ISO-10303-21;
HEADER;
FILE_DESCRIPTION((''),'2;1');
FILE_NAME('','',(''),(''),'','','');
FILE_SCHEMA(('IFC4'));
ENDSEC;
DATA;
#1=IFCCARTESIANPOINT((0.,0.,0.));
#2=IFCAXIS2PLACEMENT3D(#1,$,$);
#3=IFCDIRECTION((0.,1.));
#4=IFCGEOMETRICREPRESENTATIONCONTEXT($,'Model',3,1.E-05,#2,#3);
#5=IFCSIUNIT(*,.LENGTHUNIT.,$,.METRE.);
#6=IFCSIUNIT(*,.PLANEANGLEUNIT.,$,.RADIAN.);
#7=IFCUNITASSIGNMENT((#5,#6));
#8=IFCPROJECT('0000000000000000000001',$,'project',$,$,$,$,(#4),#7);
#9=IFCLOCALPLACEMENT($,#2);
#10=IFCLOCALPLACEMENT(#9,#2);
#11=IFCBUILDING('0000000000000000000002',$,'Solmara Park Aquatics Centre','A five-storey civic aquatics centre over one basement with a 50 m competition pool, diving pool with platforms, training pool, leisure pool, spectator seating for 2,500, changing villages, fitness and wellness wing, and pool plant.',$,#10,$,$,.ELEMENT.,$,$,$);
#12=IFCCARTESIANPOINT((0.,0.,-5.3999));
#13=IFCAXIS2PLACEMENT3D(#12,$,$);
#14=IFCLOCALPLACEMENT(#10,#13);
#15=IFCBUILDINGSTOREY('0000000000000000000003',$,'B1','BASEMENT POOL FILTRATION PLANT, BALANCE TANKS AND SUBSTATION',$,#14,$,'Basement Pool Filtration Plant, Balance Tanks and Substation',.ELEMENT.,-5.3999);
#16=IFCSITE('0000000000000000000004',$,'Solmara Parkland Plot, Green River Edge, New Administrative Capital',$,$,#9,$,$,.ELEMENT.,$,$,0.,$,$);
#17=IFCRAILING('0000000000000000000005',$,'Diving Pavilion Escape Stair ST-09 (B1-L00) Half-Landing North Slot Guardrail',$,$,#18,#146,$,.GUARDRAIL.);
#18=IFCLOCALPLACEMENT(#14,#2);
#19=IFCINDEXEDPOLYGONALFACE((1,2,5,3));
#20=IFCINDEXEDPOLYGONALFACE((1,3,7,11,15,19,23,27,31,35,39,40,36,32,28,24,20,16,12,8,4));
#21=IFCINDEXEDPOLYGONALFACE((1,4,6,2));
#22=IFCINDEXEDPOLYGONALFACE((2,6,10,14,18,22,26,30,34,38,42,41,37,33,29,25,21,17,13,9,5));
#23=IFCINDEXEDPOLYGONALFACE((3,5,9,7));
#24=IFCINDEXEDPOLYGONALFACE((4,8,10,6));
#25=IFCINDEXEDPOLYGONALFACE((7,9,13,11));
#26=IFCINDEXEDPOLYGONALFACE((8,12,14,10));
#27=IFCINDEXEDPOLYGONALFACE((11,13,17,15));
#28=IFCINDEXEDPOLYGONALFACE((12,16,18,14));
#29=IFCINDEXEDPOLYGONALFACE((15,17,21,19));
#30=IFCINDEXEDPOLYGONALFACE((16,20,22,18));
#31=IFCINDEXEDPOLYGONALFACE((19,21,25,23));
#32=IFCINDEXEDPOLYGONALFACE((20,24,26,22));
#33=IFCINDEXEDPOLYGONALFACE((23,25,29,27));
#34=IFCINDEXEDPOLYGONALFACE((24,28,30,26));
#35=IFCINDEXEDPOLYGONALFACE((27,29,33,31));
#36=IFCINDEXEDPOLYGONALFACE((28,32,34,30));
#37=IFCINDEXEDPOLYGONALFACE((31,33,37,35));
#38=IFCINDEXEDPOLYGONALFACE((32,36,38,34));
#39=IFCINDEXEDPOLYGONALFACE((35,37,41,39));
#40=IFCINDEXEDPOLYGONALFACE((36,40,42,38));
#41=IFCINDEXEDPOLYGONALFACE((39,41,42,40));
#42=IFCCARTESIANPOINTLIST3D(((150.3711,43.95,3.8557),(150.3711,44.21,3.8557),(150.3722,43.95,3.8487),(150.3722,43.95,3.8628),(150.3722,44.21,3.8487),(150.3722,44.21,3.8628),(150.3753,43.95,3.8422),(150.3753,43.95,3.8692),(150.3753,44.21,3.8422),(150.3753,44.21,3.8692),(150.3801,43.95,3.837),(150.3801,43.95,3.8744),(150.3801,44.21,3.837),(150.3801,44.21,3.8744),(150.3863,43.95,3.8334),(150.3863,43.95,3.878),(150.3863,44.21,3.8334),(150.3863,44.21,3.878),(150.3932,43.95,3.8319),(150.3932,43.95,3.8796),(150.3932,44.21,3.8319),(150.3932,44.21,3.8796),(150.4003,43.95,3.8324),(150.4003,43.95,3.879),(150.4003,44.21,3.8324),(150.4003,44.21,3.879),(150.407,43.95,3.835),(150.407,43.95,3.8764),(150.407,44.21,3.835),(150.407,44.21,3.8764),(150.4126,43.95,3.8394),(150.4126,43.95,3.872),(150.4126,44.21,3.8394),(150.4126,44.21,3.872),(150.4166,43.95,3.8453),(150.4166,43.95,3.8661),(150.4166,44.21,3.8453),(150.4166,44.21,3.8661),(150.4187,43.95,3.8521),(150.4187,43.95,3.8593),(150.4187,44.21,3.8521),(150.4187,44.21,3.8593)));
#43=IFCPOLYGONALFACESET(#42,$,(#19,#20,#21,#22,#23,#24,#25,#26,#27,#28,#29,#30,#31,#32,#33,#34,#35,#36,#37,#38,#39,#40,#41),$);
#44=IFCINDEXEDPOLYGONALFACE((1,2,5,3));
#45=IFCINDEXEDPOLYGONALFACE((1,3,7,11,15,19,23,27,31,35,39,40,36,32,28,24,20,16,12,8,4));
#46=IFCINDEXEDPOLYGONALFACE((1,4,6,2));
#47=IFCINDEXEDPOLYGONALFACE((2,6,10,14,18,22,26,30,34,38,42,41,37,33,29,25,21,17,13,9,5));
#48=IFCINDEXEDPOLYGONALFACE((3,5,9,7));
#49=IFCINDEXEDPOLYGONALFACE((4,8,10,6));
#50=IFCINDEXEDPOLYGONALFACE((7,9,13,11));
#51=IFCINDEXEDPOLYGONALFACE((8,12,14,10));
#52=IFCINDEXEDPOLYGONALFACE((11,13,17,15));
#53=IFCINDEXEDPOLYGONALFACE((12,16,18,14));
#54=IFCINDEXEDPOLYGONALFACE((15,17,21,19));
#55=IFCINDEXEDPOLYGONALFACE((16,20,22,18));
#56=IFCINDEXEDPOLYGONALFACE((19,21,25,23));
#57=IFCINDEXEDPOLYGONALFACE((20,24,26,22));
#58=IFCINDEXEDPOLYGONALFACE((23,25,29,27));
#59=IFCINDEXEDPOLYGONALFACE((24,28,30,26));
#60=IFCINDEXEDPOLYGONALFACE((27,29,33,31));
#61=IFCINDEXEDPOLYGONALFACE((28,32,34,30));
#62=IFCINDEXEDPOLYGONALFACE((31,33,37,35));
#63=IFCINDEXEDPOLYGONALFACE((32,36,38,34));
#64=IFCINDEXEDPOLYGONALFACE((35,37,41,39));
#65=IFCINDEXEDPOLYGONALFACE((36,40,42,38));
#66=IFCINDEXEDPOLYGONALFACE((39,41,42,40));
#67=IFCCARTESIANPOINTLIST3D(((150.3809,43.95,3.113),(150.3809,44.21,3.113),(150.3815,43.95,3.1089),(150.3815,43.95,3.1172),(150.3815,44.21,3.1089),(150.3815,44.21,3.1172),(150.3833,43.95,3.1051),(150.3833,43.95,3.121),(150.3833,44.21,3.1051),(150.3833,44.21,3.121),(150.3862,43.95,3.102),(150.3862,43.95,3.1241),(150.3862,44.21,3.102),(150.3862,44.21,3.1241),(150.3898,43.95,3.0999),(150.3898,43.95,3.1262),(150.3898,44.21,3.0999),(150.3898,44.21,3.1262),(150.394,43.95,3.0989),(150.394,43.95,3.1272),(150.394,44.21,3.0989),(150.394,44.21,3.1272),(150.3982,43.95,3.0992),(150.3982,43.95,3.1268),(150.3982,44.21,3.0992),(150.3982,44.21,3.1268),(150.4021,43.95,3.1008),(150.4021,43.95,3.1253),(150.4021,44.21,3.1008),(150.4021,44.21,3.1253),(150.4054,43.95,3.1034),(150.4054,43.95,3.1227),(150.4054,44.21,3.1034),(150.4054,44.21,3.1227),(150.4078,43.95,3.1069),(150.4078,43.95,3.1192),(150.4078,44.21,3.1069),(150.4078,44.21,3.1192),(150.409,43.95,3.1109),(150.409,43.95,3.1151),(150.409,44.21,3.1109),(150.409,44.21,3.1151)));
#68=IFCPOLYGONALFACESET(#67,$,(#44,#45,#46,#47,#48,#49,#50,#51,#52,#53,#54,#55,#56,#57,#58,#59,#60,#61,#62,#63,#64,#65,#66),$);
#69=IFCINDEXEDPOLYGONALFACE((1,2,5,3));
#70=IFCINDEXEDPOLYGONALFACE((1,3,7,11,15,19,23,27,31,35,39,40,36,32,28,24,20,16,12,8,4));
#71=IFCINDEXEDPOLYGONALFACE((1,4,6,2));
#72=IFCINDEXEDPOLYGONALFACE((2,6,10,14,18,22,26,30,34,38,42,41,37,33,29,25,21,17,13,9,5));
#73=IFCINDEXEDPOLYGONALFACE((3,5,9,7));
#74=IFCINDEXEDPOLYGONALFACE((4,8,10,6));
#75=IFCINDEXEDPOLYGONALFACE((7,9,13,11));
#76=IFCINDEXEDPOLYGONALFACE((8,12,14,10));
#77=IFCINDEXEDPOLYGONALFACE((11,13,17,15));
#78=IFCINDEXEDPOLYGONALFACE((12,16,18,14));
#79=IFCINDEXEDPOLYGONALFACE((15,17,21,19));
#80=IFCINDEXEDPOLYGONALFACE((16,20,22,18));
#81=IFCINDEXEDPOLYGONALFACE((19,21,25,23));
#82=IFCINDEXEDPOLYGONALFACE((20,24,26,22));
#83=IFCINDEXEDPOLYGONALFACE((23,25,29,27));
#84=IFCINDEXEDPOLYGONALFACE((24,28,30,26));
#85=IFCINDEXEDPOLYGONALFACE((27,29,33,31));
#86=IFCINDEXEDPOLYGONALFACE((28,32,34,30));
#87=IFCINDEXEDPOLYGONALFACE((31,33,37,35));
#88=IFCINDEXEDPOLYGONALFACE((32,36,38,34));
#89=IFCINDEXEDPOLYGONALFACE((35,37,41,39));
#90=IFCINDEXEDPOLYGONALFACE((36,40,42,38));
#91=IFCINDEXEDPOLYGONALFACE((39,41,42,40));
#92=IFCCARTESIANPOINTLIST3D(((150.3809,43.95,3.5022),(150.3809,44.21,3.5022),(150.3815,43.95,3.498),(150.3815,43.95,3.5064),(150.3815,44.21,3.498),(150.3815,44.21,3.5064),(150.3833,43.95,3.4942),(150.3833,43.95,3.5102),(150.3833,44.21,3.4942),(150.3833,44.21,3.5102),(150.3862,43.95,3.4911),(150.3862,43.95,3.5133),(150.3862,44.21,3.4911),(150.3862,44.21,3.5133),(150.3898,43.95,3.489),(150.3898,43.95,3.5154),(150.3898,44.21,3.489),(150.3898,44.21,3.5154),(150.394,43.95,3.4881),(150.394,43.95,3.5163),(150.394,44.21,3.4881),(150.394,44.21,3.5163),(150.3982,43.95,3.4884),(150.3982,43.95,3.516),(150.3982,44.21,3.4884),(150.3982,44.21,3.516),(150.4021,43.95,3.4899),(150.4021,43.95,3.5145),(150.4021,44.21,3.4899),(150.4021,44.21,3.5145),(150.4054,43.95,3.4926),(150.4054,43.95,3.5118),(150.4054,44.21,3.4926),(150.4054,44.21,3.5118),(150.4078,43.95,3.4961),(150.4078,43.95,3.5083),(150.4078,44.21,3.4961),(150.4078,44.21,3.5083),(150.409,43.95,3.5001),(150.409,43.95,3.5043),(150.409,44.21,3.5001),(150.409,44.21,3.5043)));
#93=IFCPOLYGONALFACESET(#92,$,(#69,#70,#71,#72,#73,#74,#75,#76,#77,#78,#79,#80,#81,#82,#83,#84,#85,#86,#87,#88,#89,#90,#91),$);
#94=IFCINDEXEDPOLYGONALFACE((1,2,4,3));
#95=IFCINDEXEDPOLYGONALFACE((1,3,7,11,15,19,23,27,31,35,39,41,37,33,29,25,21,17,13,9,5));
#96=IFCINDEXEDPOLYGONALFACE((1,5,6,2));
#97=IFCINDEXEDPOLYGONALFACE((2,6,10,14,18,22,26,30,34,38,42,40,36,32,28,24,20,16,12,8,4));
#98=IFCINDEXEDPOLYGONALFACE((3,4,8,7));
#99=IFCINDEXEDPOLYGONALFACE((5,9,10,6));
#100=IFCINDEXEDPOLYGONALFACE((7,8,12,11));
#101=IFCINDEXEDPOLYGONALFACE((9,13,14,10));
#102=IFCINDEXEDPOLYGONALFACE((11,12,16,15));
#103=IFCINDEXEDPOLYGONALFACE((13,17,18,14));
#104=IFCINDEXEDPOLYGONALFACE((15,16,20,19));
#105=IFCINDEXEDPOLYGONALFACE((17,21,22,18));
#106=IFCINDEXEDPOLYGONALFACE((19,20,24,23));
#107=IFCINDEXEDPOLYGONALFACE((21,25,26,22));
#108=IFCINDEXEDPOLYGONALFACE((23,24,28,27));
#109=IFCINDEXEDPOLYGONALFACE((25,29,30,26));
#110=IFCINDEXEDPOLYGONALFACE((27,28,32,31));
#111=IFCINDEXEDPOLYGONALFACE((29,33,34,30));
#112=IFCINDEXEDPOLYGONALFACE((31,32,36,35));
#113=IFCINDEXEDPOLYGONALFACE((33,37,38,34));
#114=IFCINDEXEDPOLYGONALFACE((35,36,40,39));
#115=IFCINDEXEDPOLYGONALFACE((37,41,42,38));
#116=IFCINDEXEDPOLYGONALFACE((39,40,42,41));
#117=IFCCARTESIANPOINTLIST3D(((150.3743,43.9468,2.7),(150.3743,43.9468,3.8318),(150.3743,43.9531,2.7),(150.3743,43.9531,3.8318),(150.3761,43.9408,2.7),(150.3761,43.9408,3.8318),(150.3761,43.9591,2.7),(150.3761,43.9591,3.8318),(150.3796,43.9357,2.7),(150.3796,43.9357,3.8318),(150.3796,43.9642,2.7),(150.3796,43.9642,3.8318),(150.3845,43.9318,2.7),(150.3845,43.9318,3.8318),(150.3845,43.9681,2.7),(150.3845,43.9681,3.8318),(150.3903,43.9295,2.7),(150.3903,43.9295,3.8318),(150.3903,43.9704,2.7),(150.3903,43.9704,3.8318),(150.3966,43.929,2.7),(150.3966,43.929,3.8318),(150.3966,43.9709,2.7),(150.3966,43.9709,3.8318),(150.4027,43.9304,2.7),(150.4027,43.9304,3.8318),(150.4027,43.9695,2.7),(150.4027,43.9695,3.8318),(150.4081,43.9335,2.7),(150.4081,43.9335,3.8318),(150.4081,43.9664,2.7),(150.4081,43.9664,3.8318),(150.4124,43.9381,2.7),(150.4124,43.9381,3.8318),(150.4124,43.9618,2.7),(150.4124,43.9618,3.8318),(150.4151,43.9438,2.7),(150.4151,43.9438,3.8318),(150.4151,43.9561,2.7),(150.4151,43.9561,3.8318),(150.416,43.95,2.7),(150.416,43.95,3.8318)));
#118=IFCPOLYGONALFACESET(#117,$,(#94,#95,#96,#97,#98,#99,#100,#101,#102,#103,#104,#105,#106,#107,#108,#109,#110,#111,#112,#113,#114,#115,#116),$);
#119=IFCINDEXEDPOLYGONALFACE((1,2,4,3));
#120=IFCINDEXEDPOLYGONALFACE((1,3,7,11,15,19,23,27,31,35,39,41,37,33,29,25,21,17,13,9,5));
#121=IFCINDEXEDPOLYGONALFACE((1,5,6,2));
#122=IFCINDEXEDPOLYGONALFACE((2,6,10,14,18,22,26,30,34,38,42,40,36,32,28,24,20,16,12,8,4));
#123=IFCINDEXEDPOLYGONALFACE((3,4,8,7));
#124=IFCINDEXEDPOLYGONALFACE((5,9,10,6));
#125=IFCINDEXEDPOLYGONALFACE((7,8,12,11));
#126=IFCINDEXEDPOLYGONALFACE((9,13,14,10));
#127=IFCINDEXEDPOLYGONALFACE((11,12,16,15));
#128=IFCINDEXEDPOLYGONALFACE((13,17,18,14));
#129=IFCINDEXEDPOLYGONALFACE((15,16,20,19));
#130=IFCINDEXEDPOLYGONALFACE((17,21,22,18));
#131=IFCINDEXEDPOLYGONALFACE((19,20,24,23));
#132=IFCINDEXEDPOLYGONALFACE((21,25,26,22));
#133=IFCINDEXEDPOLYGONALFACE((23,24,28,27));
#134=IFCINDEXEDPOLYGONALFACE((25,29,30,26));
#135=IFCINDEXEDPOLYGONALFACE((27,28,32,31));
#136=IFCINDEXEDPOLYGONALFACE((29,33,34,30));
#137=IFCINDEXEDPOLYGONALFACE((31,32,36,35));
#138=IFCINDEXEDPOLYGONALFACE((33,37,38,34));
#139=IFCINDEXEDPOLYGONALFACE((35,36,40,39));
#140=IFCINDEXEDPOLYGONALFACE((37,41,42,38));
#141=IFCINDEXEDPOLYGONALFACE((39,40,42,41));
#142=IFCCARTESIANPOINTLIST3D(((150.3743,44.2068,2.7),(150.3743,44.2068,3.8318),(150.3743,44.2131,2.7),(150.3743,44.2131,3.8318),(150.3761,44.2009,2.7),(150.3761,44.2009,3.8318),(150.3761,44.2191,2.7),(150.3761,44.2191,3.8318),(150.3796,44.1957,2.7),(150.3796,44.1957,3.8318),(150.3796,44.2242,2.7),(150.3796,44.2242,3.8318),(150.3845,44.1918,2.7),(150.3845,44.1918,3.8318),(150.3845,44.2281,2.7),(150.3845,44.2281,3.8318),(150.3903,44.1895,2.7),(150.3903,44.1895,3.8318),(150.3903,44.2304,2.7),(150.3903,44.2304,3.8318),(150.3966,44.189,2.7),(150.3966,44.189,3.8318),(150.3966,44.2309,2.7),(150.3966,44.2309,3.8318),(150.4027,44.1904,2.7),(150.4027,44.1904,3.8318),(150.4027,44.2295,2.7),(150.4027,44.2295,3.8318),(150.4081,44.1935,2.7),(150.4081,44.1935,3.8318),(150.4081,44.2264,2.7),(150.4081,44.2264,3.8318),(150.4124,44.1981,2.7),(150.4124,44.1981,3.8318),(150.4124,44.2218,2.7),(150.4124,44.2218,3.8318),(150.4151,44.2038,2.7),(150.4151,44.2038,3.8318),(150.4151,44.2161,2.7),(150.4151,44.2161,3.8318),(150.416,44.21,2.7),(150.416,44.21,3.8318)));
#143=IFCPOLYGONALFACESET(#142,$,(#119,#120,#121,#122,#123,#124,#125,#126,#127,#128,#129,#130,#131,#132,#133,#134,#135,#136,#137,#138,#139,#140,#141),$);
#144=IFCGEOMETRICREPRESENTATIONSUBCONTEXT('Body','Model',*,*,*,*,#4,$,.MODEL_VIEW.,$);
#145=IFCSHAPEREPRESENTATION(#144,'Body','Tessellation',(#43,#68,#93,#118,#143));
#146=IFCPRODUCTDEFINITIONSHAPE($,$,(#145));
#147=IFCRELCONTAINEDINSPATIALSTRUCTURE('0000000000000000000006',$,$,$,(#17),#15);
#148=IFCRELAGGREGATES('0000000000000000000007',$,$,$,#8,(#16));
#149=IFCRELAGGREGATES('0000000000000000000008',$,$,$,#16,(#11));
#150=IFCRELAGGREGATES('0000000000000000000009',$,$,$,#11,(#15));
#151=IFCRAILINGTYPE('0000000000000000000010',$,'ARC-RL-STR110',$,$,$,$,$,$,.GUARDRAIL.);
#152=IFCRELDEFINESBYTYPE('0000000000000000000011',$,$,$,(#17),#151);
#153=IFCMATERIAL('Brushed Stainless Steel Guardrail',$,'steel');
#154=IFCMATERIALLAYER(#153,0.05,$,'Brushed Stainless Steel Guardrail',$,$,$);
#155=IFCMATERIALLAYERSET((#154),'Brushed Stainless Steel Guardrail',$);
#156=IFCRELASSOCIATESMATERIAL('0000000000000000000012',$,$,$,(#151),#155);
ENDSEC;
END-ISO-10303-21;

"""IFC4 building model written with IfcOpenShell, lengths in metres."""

from ifc_helpers import new_model, si_unit, direction, frame, origin, origin_2d, place, context, subcontext, project, spatial, circle, extrude, material, layer, layer_set, type_object, element, save


model = new_model("IFC4")

# Units and contexts
model_context = context("Model", 3, precision=1e-05, world=origin(), true_north=direction((0.0, 1.0)))
body_context = subcontext(model_context, "Body", "Model", "MODEL_VIEW")
ifc_project = project(units=[si_unit("LENGTHUNIT", "METRE"), si_unit("PLANEANGLEUNIT", "RADIAN")], contexts=[model_context])

# Site, building, storey
site_placement = place(None, origin())
site = spatial("IfcSite", under=ifc_project, at=site_placement, Name="Solmara Parkland Plot, Green River Edge, New Administrative Capital", CompositionType="ELEMENT", RefElevation=0.0)
building_placement = place(site_placement, origin())
building = spatial("IfcBuilding", under=site, at=building_placement, Name="Solmara Park Aquatics Centre", Description="A five-storey civic aquatics centre over one basement with a 50 m competition pool, diving pool with platforms, training pool, leisure pool, spectator seating for 2,500, changing villages, fitness and wellness wing, and pool plant.", CompositionType="ELEMENT")
storey_placement = place(building_placement, frame((0.0, 0.0, -5.3999)))
storey = spatial("IfcBuildingStorey", under=building, at=storey_placement, Name="B1", Description="BASEMENT POOL FILTRATION PLANT, BALANCE TANKS AND SUBSTATION", LongName="Basement Pool Filtration Plant, Balance Tanks and Substation", CompositionType="ELEMENT", Elevation=-5.3999)

# Railing
ifc_material_1 = material(Name="Brushed Stainless Steel Guardrail", Category="steel")
ifc_layer_1 = layer(ifc_material_1, 0.05, Name="Brushed Stainless Steel Guardrail")
ifc_layer_set_1 = layer_set([ifc_layer_1], Name="Brushed Stainless Steel Guardrail")
railing_type_1 = type_object("IfcRailingType", Name="ARC-RL-STR110", PredefinedType="GUARDRAIL", material=ifc_layer_set_1)
railing_1_placement = place(storey_placement, frame((150.395, 43.95, 2.7)))
element("IfcRailing", 1, at=railing_1_placement, inside=storey, type_object=railing_type_1, Name="Diving Pavilion Escape Stair ST-09 (B1-L00) Half-Landing North Slot Guardrail", PredefinedType="GUARDRAIL", context=body_context, shape_type="SweptSolid", body=[
    extrude(circle(Radius=0.0239, at=origin_2d()), frame((0.0, 0.0, 1.1558), z_axis=(0.0, 1.0, 0.0), x_axis=(-1.0, 0.0, 0.0)), (0.0, 0.0, 1.0), 0.26),
    extrude(circle(Radius=0.0142, at=origin_2d()), frame((0.0, 0.0, 0.4131), z_axis=(0.0, 1.0, 0.0), x_axis=(-1.0, 0.0, 0.0)), (0.0, 0.0, 1.0), 0.26),
    extrude(circle(Radius=0.0142, at=origin_2d()), frame((0.0, 0.0, 0.8022), z_axis=(0.0, 1.0, 0.0), x_axis=(-1.0, 0.0, 0.0)), (0.0, 0.0, 1.0), 0.26),
    extrude(circle(Radius=0.021, at=origin_2d()), origin(), (0.0, 0.0, 1.0), 1.1318),
    extrude(circle(Radius=0.021, at=origin_2d()), frame((0.0, 0.26, 0.0)), (0.0, 0.0, 1.0), 1.1318),
])

save(model, "model.ifc")
